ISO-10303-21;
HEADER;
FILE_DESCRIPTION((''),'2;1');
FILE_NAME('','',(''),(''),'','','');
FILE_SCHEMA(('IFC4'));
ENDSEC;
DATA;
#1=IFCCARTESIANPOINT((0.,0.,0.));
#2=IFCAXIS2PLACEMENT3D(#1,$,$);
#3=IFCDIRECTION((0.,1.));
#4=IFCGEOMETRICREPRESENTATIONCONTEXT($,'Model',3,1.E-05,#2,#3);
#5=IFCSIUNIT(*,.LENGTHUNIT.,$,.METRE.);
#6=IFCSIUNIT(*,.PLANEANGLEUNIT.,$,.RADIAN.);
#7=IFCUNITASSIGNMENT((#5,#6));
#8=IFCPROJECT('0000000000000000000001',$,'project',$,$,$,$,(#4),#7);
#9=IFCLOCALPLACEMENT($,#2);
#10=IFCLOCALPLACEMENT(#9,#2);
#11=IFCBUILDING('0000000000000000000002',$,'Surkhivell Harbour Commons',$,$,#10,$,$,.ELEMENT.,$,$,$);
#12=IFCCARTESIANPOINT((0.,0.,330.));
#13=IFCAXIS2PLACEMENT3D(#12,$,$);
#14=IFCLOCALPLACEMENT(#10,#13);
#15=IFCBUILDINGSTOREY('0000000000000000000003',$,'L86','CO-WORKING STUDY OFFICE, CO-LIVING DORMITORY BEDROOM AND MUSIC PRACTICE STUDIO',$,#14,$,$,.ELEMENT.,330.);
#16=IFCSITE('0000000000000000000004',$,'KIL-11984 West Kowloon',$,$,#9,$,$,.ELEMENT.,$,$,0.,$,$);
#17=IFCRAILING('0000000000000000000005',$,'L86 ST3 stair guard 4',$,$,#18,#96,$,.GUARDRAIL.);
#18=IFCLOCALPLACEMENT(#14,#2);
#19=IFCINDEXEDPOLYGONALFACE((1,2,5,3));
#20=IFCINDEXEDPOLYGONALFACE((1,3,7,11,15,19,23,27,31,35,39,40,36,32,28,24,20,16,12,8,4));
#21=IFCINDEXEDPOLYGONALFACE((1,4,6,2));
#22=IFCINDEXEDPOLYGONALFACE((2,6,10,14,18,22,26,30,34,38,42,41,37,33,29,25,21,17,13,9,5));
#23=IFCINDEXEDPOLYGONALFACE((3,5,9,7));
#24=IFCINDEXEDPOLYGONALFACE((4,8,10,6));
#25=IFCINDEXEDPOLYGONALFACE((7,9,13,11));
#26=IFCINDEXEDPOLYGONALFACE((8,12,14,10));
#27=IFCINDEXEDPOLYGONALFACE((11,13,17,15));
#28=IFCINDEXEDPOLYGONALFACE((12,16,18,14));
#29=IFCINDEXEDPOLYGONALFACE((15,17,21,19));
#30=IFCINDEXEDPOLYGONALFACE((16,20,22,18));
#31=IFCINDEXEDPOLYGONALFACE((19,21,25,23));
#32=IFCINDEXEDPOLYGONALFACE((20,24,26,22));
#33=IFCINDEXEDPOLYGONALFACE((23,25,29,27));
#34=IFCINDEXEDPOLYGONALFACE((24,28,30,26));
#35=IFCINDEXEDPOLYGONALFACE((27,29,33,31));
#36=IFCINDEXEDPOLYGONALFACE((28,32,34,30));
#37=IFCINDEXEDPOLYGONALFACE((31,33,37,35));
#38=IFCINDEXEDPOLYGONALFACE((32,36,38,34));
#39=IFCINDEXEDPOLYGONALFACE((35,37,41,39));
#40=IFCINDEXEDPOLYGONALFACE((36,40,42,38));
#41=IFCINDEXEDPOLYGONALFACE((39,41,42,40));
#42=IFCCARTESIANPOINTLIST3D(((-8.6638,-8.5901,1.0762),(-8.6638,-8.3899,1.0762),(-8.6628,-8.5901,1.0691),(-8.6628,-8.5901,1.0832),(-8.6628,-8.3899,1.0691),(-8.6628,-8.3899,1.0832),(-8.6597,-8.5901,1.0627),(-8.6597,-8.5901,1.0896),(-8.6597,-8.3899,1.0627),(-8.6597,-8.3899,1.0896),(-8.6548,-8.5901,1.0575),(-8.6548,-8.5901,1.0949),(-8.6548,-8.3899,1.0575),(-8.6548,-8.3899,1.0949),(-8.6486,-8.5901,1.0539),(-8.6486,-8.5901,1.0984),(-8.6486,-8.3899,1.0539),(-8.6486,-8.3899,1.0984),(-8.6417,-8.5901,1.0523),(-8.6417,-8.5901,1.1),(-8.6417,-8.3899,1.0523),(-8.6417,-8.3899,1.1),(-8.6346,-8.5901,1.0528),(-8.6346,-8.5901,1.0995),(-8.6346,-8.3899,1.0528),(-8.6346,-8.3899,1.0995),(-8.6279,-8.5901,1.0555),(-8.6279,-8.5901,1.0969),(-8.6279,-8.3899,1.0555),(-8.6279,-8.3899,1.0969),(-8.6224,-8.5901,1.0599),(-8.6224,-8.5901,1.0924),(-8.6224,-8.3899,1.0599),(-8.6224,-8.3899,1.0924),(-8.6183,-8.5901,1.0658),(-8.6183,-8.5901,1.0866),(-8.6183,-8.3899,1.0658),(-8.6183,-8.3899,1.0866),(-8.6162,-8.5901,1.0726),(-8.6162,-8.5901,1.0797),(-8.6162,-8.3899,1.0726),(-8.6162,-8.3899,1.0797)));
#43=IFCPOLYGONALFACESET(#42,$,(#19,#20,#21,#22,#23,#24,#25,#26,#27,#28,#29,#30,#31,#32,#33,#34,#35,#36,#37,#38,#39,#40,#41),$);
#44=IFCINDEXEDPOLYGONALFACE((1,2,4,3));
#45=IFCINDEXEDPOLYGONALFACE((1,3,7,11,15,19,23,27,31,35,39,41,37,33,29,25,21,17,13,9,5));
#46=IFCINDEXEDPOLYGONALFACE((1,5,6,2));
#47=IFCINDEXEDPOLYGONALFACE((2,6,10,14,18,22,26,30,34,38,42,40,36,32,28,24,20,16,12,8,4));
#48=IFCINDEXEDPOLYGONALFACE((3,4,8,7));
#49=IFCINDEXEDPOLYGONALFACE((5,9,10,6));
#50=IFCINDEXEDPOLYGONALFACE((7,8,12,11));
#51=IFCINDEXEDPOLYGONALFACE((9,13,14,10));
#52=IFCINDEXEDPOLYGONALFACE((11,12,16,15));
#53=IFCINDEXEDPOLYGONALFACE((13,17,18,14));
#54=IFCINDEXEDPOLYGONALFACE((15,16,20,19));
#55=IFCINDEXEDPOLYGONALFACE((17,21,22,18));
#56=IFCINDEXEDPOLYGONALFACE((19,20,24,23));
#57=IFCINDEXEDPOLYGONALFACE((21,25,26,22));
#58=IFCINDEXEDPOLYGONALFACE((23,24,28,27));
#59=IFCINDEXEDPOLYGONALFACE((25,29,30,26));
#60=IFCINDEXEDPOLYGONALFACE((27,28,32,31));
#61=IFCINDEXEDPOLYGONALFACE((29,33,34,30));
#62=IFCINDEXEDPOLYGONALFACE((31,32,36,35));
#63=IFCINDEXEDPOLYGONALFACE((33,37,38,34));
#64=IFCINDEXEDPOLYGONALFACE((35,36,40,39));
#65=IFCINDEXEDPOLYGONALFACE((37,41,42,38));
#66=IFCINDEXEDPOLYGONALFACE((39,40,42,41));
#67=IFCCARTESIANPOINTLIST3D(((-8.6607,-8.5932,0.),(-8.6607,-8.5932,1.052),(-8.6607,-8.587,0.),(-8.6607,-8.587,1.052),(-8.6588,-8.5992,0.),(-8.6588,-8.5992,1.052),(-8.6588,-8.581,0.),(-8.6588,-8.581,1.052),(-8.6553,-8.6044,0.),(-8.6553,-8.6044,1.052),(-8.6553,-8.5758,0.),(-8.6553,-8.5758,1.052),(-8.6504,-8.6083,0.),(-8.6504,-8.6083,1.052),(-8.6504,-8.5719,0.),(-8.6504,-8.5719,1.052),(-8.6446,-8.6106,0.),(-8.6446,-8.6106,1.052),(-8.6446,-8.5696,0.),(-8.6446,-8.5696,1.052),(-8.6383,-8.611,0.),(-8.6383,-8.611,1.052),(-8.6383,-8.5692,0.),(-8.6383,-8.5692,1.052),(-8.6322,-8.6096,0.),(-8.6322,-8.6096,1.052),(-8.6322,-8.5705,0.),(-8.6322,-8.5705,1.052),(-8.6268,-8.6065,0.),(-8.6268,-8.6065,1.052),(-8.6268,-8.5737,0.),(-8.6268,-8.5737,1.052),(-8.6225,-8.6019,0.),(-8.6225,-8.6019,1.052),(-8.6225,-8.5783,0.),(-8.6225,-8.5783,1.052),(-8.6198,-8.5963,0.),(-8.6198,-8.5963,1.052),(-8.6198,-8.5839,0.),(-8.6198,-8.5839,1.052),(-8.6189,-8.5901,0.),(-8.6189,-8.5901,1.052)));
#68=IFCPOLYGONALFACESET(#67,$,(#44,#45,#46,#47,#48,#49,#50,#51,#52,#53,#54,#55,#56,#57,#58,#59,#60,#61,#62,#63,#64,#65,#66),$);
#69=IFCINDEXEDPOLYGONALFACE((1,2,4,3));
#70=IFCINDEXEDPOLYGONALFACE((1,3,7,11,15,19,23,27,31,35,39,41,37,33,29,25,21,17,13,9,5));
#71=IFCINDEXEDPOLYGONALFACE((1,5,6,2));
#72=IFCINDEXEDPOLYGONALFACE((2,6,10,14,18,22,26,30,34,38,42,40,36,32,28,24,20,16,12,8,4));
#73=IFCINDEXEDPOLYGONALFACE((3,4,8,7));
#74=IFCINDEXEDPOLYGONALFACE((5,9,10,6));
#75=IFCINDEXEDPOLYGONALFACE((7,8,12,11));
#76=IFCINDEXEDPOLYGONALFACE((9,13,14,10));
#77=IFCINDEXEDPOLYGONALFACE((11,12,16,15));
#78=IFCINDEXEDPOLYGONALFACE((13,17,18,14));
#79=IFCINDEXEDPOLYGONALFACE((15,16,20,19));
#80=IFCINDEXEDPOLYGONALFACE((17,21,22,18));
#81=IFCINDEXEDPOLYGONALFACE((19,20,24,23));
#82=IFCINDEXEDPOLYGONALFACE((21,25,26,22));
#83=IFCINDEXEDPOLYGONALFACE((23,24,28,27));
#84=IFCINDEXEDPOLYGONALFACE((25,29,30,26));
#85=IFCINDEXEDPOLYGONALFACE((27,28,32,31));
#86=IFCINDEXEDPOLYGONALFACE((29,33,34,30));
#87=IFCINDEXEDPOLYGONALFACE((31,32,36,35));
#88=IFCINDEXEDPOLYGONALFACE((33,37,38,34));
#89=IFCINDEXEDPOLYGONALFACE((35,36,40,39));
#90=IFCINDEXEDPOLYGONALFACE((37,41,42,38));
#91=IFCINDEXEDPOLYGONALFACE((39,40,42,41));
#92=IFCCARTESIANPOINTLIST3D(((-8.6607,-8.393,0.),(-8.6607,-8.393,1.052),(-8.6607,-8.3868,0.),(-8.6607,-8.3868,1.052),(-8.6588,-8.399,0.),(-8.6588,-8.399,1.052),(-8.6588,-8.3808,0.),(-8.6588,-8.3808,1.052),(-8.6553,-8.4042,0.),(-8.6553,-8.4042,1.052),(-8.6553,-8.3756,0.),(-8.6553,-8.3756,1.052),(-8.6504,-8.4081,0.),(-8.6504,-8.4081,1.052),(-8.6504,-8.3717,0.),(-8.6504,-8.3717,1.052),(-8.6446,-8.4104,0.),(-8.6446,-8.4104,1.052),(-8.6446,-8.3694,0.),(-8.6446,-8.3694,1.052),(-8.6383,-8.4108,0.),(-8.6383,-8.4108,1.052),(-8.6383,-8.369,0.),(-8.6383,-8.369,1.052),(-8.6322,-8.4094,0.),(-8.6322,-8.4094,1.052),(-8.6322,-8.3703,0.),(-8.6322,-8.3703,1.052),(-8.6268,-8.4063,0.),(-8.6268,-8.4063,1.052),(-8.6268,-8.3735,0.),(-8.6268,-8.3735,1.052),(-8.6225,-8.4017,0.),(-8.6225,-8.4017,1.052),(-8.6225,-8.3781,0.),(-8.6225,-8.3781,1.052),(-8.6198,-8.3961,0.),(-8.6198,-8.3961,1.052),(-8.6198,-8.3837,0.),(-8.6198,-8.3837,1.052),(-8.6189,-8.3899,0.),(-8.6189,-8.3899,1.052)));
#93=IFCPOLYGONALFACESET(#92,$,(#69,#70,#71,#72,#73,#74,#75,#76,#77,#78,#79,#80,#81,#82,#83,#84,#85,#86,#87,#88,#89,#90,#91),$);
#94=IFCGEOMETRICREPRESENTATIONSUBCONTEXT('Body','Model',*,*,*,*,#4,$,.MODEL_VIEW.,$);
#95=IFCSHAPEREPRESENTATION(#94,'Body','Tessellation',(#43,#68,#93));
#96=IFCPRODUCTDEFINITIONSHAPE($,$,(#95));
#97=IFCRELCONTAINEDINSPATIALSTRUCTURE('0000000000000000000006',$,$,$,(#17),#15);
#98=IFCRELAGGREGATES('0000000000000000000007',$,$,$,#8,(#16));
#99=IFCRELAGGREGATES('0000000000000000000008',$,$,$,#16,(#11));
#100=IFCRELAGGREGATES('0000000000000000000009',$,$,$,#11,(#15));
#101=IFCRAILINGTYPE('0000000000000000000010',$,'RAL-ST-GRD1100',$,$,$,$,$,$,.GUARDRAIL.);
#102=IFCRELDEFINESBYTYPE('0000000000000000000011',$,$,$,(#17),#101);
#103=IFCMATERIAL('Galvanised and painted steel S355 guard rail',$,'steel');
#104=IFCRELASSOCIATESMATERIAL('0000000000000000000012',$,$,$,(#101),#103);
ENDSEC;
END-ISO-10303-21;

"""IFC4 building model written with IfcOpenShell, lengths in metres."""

from ifc_helpers import new_model, si_unit, direction, frame, origin, origin_2d, place, context, subcontext, project, spatial, circle, extrude, material, type_object, element, save


model = new_model("IFC4")

# Units and contexts
model_context = context("Model", 3, precision=1e-05, world=origin(), true_north=direction((0.0, 1.0)))
body_context = subcontext(model_context, "Body", "Model", "MODEL_VIEW")
ifc_project = project(units=[si_unit("LENGTHUNIT", "METRE"), si_unit("PLANEANGLEUNIT", "RADIAN")], contexts=[model_context])

# Site, building, storey
site_placement = place(None, origin())
site = spatial("IfcSite", under=ifc_project, at=site_placement, Name="KIL-11984 West Kowloon", CompositionType="ELEMENT", RefElevation=0.0)
building_placement = place(site_placement, origin())
building = spatial("IfcBuilding", under=site, at=building_placement, Name="Surkhivell Harbour Commons", CompositionType="ELEMENT")
storey_placement = place(building_placement, frame((0.0, 0.0, 330.0)))
storey = spatial("IfcBuildingStorey", under=building, at=storey_placement, Name="L86", Description="CO-WORKING STUDY OFFICE, CO-LIVING DORMITORY BEDROOM AND MUSIC PRACTICE STUDIO", CompositionType="ELEMENT", Elevation=330.0)

# Railing
ifc_material_1 = material(Name="Galvanised and painted steel S355 guard rail", Category="steel")
railing_type_1 = type_object("IfcRailingType", Name="RAL-ST-GRD1100", PredefinedType="GUARDRAIL", material=ifc_material_1)
railing_1_placement = place(storey_placement, frame((-8.6399, -8.5901, 0.0)))
element("IfcRailing", 1, at=railing_1_placement, inside=storey, type_object=railing_type_1, Name="L86 ST3 stair guard 4", PredefinedType="GUARDRAIL", context=body_context, shape_type="SweptSolid", body=[
    extrude(circle(Radius=0.0239, at=origin_2d()), frame((0.0, 0.0, 1.0762), z_axis=(0.0, 1.0, 0.0), x_axis=(-1.0, 0.0, 0.0)), (0.0, 0.0, 1.0), 0.2002),
    extrude(circle(Radius=0.021, at=origin_2d()), origin(), (0.0, 0.0, 1.0), 1.052),
    extrude(circle(Radius=0.021, at=origin_2d()), frame((0.0, 0.2002, 0.0)), (0.0, 0.0, 1.0), 1.052),
])

save(model, "model.ifc")
